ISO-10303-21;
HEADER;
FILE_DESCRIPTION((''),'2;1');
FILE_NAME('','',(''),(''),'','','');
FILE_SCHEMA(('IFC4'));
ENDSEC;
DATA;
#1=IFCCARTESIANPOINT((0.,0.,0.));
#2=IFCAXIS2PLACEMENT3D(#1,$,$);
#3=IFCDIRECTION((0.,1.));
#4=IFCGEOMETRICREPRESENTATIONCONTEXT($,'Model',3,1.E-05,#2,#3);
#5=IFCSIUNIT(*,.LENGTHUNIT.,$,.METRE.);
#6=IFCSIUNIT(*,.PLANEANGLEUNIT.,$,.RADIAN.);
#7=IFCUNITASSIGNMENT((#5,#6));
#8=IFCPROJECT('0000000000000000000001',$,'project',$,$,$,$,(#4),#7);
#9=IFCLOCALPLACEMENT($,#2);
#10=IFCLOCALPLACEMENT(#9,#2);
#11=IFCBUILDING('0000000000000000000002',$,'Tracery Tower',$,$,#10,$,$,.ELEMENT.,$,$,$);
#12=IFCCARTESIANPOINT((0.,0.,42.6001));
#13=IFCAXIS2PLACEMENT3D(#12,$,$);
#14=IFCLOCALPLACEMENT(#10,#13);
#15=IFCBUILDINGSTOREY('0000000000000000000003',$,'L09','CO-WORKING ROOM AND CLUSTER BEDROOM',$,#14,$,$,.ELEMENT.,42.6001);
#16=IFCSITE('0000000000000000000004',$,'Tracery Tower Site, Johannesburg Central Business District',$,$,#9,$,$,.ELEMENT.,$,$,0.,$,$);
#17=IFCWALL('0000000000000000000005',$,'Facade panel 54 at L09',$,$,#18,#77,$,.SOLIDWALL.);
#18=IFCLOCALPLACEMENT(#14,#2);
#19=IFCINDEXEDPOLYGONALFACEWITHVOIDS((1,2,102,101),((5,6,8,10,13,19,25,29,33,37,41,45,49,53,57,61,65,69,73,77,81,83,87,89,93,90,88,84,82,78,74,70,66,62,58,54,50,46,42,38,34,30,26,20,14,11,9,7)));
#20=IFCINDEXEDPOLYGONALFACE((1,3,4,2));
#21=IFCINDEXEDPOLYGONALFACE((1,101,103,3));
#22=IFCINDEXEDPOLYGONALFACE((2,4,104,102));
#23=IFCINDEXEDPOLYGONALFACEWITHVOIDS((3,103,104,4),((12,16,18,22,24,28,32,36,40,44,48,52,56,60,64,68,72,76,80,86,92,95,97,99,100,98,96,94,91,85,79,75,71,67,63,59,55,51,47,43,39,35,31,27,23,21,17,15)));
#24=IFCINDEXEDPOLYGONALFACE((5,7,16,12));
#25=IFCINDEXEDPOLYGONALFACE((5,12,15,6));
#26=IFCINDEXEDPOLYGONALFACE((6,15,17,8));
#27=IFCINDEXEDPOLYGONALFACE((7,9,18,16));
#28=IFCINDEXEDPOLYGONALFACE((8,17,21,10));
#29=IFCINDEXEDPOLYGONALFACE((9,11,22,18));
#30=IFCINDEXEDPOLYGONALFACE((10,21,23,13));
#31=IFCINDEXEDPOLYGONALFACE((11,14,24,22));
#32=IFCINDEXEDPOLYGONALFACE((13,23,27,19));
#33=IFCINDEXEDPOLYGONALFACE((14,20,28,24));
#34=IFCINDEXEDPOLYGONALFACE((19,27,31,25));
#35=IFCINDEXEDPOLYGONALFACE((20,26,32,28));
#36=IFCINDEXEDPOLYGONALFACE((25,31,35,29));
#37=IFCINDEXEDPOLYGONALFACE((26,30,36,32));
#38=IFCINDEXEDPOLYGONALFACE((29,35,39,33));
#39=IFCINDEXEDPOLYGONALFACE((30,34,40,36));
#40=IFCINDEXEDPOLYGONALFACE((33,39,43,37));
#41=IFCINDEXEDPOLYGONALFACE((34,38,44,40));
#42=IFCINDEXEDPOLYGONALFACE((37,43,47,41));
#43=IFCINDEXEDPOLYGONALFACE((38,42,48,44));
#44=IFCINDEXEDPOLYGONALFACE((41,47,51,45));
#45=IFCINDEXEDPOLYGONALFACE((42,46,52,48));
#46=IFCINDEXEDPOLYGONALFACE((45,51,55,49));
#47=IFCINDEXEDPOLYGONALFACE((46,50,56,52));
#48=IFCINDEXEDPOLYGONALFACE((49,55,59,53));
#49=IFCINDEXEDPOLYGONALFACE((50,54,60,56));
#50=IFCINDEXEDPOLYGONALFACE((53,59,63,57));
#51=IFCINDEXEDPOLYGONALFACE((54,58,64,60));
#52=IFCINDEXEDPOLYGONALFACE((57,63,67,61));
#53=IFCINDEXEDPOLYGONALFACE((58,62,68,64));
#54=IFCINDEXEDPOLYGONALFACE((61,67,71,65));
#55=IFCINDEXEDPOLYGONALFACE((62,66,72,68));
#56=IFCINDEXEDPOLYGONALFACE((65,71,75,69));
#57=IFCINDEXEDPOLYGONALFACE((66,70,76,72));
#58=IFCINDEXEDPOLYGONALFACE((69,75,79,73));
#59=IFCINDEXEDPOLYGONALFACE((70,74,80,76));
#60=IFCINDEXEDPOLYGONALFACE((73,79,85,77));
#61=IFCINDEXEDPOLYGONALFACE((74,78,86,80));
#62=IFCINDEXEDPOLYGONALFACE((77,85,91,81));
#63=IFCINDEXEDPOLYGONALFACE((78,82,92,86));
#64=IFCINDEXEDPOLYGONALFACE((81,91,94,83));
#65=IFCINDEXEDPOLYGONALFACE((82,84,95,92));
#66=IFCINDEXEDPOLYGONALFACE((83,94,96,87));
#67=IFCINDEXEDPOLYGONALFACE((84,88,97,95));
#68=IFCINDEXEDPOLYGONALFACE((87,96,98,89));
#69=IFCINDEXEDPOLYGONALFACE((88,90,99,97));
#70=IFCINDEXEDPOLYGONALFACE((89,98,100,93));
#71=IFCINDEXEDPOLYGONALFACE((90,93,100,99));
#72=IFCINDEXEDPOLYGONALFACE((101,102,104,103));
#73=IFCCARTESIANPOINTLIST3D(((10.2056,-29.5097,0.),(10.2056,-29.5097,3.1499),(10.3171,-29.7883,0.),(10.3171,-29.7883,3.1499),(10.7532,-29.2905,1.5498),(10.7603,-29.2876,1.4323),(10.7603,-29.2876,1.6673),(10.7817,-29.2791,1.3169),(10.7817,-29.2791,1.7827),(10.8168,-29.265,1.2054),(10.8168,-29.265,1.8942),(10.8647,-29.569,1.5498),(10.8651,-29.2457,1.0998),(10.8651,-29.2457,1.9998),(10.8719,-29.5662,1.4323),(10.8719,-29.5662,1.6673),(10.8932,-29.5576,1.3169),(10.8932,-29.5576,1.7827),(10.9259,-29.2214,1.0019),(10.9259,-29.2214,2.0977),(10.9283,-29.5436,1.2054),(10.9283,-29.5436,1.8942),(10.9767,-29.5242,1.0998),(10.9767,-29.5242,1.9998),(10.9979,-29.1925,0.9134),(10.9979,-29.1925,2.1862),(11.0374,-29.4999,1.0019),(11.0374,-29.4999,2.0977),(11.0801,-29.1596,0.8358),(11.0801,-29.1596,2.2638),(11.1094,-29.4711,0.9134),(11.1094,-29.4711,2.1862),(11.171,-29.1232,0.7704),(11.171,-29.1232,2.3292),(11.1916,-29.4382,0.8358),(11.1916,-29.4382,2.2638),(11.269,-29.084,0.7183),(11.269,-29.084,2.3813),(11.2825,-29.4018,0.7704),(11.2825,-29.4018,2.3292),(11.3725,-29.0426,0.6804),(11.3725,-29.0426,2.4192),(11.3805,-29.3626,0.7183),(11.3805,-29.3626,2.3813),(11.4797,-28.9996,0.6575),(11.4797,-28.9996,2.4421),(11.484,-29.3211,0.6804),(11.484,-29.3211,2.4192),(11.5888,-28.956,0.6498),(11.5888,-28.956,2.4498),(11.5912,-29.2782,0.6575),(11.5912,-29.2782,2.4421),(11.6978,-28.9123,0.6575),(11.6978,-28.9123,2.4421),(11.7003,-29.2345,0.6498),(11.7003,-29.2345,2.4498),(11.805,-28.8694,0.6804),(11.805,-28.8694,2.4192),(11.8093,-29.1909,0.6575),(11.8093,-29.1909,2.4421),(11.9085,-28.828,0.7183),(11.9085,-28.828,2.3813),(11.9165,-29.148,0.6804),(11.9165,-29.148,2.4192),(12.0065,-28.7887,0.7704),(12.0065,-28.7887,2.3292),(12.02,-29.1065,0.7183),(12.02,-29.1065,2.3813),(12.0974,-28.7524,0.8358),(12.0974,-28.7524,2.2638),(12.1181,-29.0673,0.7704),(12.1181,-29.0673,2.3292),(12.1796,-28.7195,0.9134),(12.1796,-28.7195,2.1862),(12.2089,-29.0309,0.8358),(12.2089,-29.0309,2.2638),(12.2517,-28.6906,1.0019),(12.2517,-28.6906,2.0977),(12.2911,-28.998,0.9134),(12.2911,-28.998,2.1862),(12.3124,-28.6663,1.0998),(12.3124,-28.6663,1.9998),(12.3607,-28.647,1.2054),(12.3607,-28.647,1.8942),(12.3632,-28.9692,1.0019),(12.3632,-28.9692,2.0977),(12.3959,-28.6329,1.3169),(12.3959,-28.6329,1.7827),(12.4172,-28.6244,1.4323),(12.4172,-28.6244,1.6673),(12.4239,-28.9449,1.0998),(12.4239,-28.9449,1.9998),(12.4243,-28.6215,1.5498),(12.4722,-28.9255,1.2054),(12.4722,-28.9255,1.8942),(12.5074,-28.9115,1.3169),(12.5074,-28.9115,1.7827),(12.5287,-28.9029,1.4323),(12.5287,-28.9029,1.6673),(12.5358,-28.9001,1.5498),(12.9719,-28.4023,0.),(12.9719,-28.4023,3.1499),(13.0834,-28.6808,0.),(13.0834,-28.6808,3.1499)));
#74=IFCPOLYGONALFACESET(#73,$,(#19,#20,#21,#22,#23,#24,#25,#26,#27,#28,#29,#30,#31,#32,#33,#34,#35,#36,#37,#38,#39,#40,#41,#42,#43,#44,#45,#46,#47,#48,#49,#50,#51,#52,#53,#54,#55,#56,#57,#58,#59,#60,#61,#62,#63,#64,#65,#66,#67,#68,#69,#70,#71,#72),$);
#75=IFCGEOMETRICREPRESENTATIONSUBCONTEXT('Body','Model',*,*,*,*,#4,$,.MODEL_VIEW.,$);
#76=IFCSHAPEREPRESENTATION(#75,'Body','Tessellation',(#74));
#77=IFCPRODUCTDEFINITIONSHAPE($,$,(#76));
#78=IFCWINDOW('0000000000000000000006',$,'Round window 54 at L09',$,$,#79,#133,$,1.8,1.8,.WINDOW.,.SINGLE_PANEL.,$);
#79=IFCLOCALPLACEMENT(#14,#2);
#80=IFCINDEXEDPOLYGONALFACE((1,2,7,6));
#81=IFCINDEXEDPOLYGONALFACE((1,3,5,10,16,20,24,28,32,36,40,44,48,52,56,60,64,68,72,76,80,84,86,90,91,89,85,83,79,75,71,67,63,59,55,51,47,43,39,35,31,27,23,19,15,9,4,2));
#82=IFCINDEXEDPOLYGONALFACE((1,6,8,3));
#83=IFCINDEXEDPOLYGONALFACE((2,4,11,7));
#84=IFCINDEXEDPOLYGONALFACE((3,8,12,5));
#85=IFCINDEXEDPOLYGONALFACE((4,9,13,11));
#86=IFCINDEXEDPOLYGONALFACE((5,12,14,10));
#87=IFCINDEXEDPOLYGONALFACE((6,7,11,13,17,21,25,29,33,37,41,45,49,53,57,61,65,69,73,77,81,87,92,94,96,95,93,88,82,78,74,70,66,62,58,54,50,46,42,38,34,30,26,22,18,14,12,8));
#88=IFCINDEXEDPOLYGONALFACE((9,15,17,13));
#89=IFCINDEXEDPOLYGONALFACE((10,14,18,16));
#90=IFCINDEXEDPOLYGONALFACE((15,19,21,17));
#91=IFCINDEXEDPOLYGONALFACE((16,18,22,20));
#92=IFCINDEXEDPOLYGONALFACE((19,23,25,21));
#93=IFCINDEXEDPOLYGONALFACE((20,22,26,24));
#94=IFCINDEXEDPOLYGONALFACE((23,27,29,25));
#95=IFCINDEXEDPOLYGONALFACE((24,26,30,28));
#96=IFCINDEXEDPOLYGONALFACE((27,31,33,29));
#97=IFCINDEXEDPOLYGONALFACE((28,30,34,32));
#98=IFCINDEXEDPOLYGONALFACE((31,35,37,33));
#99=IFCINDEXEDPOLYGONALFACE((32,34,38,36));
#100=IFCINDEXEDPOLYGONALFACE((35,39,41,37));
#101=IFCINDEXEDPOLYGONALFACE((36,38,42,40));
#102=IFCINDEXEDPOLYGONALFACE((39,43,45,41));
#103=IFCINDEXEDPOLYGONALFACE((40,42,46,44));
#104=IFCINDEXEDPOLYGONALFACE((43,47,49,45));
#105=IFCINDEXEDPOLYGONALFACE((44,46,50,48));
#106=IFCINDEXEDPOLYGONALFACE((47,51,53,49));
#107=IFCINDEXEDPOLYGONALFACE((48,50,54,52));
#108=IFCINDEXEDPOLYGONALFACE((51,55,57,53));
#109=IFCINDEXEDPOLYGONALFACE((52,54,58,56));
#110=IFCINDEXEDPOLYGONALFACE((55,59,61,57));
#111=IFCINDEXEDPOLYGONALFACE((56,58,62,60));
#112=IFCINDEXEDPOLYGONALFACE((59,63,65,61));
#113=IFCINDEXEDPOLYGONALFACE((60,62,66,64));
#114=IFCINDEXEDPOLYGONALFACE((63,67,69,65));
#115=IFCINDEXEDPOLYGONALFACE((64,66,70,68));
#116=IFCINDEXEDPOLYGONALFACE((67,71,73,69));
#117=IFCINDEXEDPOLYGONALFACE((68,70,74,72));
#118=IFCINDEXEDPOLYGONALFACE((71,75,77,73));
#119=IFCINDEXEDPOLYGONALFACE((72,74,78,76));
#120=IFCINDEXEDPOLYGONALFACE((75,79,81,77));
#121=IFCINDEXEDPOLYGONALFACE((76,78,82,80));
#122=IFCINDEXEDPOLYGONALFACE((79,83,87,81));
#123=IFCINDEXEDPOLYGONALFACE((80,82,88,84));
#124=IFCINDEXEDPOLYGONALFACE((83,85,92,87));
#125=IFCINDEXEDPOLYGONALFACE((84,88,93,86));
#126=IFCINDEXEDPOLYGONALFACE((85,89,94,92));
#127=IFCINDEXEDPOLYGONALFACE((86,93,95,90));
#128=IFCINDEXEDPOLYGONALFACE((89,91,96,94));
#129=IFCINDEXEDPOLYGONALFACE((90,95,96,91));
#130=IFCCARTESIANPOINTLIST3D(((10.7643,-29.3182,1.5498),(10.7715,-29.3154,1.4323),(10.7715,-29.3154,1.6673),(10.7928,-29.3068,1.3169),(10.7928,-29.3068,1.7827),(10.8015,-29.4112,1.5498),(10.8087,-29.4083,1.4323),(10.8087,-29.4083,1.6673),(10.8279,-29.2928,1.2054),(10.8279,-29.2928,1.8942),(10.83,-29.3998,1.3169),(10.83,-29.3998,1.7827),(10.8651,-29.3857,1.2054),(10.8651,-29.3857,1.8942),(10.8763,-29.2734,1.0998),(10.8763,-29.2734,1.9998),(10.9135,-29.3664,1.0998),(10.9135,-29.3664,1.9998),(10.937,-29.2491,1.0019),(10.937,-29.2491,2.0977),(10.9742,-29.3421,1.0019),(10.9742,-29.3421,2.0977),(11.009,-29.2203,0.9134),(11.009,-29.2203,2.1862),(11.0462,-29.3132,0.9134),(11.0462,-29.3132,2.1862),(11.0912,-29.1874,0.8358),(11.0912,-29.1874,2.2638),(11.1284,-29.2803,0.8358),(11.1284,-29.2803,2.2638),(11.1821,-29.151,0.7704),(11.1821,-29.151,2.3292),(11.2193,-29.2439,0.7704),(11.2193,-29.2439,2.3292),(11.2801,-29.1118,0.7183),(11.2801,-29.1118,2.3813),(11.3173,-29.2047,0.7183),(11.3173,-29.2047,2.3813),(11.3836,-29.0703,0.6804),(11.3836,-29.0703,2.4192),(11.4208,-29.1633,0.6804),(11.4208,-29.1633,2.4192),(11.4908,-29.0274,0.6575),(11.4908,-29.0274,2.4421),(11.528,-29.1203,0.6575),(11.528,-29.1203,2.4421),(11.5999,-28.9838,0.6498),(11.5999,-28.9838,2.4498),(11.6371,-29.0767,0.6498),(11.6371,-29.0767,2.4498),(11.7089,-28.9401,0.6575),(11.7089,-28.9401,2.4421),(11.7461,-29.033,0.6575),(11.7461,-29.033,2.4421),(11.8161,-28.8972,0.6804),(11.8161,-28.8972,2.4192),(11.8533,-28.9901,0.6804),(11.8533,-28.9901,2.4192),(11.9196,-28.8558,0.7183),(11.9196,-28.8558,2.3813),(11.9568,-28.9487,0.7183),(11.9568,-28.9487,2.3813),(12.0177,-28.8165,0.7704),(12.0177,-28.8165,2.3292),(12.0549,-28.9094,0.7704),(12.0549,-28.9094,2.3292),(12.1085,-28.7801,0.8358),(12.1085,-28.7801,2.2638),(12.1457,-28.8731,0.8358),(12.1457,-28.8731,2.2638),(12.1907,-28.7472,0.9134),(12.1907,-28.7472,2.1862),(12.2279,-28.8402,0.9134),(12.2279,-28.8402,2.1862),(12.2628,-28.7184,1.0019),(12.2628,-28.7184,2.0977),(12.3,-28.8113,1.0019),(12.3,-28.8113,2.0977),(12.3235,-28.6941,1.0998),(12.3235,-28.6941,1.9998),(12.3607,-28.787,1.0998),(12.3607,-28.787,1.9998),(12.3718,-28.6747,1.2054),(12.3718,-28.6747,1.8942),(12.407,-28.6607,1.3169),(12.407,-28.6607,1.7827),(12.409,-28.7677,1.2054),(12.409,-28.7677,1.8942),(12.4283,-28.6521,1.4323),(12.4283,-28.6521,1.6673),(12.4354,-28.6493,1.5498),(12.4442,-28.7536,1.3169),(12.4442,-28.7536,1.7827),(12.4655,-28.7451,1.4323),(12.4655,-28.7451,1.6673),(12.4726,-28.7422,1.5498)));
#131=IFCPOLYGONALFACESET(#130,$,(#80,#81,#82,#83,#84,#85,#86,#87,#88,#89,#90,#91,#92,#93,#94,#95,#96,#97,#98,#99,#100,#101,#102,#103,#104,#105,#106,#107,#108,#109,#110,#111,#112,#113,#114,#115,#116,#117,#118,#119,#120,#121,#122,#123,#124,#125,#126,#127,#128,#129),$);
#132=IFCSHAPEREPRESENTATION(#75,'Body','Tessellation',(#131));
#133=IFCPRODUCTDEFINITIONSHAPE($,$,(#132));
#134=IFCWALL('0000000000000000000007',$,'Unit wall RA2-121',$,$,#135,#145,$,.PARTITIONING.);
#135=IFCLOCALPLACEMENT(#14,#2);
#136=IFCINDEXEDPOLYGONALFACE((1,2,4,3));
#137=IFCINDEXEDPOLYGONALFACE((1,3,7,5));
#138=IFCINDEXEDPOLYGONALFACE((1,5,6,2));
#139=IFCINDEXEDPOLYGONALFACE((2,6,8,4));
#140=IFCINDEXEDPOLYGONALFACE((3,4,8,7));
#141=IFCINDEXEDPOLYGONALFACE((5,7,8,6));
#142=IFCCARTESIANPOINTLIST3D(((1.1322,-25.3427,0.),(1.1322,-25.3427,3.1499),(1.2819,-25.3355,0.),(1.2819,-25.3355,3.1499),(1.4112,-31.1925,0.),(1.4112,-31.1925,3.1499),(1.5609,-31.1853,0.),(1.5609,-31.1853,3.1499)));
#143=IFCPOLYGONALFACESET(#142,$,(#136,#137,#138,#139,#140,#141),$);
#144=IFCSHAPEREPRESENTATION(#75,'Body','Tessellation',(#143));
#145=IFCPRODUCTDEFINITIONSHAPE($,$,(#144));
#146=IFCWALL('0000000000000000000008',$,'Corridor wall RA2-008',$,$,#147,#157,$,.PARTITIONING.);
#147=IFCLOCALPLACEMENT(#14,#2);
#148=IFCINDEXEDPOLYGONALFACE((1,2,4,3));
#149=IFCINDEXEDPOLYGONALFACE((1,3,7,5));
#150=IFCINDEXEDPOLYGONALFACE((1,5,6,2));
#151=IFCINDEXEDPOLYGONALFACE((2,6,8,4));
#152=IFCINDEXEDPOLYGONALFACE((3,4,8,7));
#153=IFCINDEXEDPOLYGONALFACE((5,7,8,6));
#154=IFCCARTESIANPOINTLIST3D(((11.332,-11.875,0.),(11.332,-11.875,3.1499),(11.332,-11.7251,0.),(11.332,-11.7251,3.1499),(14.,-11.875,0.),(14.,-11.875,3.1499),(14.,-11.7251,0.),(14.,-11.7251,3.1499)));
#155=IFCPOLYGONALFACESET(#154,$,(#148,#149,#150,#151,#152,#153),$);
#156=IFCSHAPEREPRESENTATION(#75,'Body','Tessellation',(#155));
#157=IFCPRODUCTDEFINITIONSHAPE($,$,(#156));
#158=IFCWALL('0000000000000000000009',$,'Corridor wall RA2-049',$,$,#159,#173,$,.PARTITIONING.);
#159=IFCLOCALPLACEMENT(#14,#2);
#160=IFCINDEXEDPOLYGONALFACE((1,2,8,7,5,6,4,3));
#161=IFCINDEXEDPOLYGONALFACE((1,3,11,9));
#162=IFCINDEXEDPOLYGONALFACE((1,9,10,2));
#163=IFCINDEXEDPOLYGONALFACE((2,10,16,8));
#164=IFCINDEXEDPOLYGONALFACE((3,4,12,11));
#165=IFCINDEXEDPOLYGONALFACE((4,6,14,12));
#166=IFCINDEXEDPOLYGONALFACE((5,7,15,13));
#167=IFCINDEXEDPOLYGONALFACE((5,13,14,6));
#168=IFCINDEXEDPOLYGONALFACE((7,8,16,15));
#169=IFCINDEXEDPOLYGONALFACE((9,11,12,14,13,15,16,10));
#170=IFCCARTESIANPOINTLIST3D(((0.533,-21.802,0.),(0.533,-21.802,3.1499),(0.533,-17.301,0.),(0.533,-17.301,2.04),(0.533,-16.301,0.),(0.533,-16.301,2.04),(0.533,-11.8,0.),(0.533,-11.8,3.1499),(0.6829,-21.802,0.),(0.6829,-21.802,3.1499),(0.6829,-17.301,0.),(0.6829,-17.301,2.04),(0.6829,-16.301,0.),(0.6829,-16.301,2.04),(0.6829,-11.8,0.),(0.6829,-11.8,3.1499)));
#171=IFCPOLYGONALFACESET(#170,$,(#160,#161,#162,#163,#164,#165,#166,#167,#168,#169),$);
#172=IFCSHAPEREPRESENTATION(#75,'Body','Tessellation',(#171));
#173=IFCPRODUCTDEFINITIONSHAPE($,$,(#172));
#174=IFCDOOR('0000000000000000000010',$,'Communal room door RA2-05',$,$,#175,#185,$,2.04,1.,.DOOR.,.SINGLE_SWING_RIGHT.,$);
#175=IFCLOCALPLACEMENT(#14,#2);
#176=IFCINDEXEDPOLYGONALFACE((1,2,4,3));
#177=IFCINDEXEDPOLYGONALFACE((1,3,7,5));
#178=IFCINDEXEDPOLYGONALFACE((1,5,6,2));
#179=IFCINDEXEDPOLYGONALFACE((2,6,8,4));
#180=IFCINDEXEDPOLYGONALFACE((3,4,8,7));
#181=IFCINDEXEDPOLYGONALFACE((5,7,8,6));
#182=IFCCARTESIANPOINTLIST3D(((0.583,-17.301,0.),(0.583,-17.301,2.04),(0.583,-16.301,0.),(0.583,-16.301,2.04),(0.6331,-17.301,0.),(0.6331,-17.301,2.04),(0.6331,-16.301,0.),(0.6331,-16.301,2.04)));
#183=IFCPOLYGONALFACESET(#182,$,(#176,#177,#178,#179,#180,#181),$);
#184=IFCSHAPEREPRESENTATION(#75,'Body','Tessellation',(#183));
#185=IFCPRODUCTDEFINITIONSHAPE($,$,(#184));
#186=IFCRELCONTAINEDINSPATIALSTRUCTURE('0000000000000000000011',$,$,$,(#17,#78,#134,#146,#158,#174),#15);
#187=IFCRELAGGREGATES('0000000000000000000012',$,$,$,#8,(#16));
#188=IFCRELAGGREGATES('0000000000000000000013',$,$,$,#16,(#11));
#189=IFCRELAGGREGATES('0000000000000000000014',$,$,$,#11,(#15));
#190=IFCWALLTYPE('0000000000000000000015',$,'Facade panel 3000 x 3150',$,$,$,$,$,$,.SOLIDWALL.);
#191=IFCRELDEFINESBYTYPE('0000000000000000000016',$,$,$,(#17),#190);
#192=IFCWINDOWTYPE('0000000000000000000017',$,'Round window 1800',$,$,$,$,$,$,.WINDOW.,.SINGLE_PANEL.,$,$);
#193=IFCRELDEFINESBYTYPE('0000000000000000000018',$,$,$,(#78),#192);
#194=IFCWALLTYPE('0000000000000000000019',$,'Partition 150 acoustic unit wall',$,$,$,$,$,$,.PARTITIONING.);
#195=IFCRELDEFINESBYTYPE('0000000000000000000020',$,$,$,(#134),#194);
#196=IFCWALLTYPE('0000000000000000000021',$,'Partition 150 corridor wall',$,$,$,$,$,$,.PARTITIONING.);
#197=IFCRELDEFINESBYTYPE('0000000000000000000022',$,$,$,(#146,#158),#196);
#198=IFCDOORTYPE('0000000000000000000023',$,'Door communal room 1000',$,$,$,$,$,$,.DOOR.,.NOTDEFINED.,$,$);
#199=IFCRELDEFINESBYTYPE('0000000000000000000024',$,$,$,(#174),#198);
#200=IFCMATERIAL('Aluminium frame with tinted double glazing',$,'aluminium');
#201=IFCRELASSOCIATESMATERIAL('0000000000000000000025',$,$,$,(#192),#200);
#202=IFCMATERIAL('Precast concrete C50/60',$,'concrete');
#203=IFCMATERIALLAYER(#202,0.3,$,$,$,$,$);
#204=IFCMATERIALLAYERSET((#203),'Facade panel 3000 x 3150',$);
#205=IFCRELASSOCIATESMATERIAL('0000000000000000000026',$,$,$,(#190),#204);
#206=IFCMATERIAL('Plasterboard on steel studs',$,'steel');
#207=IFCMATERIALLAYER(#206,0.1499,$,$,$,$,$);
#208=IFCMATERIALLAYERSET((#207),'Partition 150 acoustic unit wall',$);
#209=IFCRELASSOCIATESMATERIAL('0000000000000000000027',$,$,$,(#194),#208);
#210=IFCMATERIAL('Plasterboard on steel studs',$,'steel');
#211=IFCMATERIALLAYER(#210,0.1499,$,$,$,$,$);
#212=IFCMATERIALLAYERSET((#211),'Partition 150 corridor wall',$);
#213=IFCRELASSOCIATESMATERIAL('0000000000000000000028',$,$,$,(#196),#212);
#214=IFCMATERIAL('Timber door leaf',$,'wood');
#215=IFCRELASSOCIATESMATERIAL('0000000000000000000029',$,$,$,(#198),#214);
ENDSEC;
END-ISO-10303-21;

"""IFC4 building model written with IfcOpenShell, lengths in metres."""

from ifc_helpers import new_model, si_unit, direction, frame, frame_2d, origin, origin_2d, place, context, subcontext, project, spatial, rectangle, circle, extrude, material, layer, layer_set, type_object, element, fill, save


model = new_model("IFC4")

# Units and contexts
model_context = context("Model", 3, precision=1e-05, world=origin(), true_north=direction((0.0, 1.0)))
body_context = subcontext(model_context, "Body", "Model", "MODEL_VIEW")
ifc_project = project(units=[si_unit("LENGTHUNIT", "METRE"), si_unit("PLANEANGLEUNIT", "RADIAN")], contexts=[model_context])

# Site, building, storey
site_placement = place(None, origin())
site = spatial("IfcSite", under=ifc_project, at=site_placement, Name="Tracery Tower Site, Johannesburg Central Business District", CompositionType="ELEMENT", RefElevation=0.0)
building_placement = place(site_placement, origin())
building = spatial("IfcBuilding", under=site, at=building_placement, Name="Tracery Tower", CompositionType="ELEMENT")
storey_placement = place(building_placement, frame((0.0, 0.0, 42.6001)))
storey = spatial("IfcBuildingStorey", under=building, at=storey_placement, Name="L09", Description="CO-WORKING ROOM AND CLUSTER BEDROOM", CompositionType="ELEMENT", Elevation=42.6001)

# Wall, opening, window
ifc_material_1 = material(Name="Aluminium frame with tinted double glazing", Category="aluminium")
window_type = type_object("IfcWindowType", Name="Round window 1800", PartitioningType="SINGLE_PANEL", PredefinedType="WINDOW", material=ifc_material_1)
ifc_material_2 = material(Name="Precast concrete C50/60", Category="concrete")
ifc_layer_1 = layer(ifc_material_2, 0.3)
ifc_layer_set_1 = layer_set([ifc_layer_1], Name="Facade panel 3000 x 3150")
wall_type_1 = type_object("IfcWallType", Name="Facade panel 3000 x 3150", PredefinedType="SOLIDWALL", material=ifc_layer_set_1)
wall_1_placement = place(storey_placement, frame((10.2615, -29.6489, 0.0), z_axis=(0.0, 0.0, 1.0), x_axis=(0.928375, 0.371645, 0.0)))
wall_1 = element("IfcWall", 1, at=wall_1_placement, inside=storey, type_object=wall_type_1, Name="Facade panel 54 at L09", PredefinedType="SOLIDWALL", context=body_context, shape_type="SweptSolid", body=[
    extrude(rectangle(XDim=2.9797, YDim=0.3, at=frame_2d((1.4897, 0.0))), origin(), (0.0, 0.0, 1.0), 3.1499),
])
opening_1_placement = place(wall_1_placement, frame((1.4897, 0.0, 1.5498)))
opening_1 = element("IfcOpeningElement", 2, at=opening_1_placement, cuts=wall_1, PredefinedType="OPENING", context=body_context, shape_type="SweptSolid", body=[
    extrude(circle(Radius=0.9, at=origin_2d()), frame((0.0, 0.1599, 0.0), z_axis=(0.0, -1.0, 0.0), x_axis=(1.0, 0.0, 0.0)), (0.0, 0.0, 1.0), 0.3201),
])
window_1_placement = place(opening_1_placement, origin())
window_1 = element("IfcWindow", 3, at=window_1_placement, inside=storey, type_object=window_type, Name="Round window 54 at L09", OverallHeight=1.8, OverallWidth=1.8, PartitioningType="SINGLE_PANEL", PredefinedType="WINDOW", context=body_context, shape_type="SweptSolid", body=[
    extrude(circle(Radius=0.9, at=origin_2d()), frame((0.0, 0.1201, 0.0), z_axis=(0.0, -1.0, 0.0), x_axis=(1.0, 0.0, 0.0)), (0.0, 0.0, 1.0), 0.1001),
])
fill(opening_1, window_1)

# Walls
ifc_material_3 = material(Name="Plasterboard on steel studs", Category="steel")
ifc_layer_2 = layer(ifc_material_3, 0.1499)
ifc_layer_set_2 = layer_set([ifc_layer_2], Name="Partition 150 acoustic unit wall")
wall_type_2 = type_object("IfcWallType", Name="Partition 150 acoustic unit wall", PredefinedType="PARTITIONING", material=ifc_layer_set_2)
wall_2_placement = place(storey_placement, frame((1.207, -25.3391, 0.0), z_axis=(0.0, 0.0, 1.0), x_axis=(0.047648, -0.998864, 0.0)))
element("IfcWall", 4, at=wall_2_placement, inside=storey, type_object=wall_type_2, Name="Unit wall RA2-121", PredefinedType="PARTITIONING", context=body_context, shape_type="SweptSolid", body=[
    extrude(rectangle(XDim=5.8564, YDim=0.1499, at=frame_2d((2.9282, 0.0))), origin(), (0.0, 0.0, 1.0), 3.1499),
])
ifc_material_4 = material(Name="Plasterboard on steel studs", Category="steel")
ifc_layer_3 = layer(ifc_material_4, 0.1499)
ifc_layer_set_3 = layer_set([ifc_layer_3], Name="Partition 150 corridor wall")
wall_type_3 = type_object("IfcWallType", Name="Partition 150 corridor wall", PredefinedType="PARTITIONING", material=ifc_layer_set_3)
wall_3_placement = place(storey_placement, frame((11.332, -11.8, 0.0), z_axis=(0.0, 0.0, 1.0), x_axis=(1.0, 0.0, 0.0)))
element("IfcWall", 5, at=wall_3_placement, inside=storey, type_object=wall_type_3, Name="Corridor wall RA2-008", PredefinedType="PARTITIONING", context=body_context, shape_type="SweptSolid", body=[
    extrude(rectangle(XDim=2.668, YDim=0.1499, at=frame_2d((1.334, 0.0))), origin(), (0.0, 0.0, 1.0), 3.1499),
])

# Wall, opening, door
wall_4_placement = place(storey_placement, frame((0.6079, -21.802, 0.0), z_axis=(0.0, 0.0, 1.0), x_axis=(0.0, 1.0, 0.0)))
wall_4 = element("IfcWall", 6, at=wall_4_placement, inside=storey, type_object=wall_type_3, Name="Corridor wall RA2-049", PredefinedType="PARTITIONING", context=body_context, shape_type="SweptSolid", body=[
    extrude(rectangle(XDim=10.002, YDim=0.1499, at=frame_2d((5.001, 0.0))), origin(), (0.0, 0.0, 1.0), 3.1499),
])
opening_2_placement = place(wall_4_placement, frame((4.501, 0.0, 0.0)))
opening_2 = element("IfcOpeningElement", 7, at=opening_2_placement, cuts=wall_4, PredefinedType="OPENING", context=body_context, shape_type="SweptSolid", body=[
    extrude(rectangle(XDim=1.0, YDim=2.04, at=frame_2d((0.5, 1.02))), frame((0.0, 0.075, 0.0), z_axis=(0.0, -1.0, 0.0), x_axis=(1.0, 0.0, 0.0)), (0.0, 0.0, 1.0), 0.1499),
])
ifc_material_5 = material(Name="Timber door leaf", Category="wood")
door_type_1 = type_object("IfcDoorType", Name="Door communal room 1000", OperationType="NOTDEFINED", PredefinedType="DOOR", material=ifc_material_5)
door_1_placement = place(opening_2_placement, origin())
door_1 = element("IfcDoor", 8, at=door_1_placement, inside=storey, type_object=door_type_1, Name="Communal room door RA2-05", OperationType="SINGLE_SWING_RIGHT", OverallHeight=2.04, OverallWidth=1.0, PredefinedType="DOOR", context=body_context, shape_type="SweptSolid", body=[
    extrude(rectangle(XDim=1.0, YDim=2.04, at=frame_2d((0.5, 1.02))), frame((0.0, 0.0249, 0.0), z_axis=(0.0, -1.0, 0.0), x_axis=(1.0, 0.0, 0.0)), (0.0, 0.0, 1.0), 0.05),
])
fill(opening_2, door_1)

save(model, "model.ifc")
